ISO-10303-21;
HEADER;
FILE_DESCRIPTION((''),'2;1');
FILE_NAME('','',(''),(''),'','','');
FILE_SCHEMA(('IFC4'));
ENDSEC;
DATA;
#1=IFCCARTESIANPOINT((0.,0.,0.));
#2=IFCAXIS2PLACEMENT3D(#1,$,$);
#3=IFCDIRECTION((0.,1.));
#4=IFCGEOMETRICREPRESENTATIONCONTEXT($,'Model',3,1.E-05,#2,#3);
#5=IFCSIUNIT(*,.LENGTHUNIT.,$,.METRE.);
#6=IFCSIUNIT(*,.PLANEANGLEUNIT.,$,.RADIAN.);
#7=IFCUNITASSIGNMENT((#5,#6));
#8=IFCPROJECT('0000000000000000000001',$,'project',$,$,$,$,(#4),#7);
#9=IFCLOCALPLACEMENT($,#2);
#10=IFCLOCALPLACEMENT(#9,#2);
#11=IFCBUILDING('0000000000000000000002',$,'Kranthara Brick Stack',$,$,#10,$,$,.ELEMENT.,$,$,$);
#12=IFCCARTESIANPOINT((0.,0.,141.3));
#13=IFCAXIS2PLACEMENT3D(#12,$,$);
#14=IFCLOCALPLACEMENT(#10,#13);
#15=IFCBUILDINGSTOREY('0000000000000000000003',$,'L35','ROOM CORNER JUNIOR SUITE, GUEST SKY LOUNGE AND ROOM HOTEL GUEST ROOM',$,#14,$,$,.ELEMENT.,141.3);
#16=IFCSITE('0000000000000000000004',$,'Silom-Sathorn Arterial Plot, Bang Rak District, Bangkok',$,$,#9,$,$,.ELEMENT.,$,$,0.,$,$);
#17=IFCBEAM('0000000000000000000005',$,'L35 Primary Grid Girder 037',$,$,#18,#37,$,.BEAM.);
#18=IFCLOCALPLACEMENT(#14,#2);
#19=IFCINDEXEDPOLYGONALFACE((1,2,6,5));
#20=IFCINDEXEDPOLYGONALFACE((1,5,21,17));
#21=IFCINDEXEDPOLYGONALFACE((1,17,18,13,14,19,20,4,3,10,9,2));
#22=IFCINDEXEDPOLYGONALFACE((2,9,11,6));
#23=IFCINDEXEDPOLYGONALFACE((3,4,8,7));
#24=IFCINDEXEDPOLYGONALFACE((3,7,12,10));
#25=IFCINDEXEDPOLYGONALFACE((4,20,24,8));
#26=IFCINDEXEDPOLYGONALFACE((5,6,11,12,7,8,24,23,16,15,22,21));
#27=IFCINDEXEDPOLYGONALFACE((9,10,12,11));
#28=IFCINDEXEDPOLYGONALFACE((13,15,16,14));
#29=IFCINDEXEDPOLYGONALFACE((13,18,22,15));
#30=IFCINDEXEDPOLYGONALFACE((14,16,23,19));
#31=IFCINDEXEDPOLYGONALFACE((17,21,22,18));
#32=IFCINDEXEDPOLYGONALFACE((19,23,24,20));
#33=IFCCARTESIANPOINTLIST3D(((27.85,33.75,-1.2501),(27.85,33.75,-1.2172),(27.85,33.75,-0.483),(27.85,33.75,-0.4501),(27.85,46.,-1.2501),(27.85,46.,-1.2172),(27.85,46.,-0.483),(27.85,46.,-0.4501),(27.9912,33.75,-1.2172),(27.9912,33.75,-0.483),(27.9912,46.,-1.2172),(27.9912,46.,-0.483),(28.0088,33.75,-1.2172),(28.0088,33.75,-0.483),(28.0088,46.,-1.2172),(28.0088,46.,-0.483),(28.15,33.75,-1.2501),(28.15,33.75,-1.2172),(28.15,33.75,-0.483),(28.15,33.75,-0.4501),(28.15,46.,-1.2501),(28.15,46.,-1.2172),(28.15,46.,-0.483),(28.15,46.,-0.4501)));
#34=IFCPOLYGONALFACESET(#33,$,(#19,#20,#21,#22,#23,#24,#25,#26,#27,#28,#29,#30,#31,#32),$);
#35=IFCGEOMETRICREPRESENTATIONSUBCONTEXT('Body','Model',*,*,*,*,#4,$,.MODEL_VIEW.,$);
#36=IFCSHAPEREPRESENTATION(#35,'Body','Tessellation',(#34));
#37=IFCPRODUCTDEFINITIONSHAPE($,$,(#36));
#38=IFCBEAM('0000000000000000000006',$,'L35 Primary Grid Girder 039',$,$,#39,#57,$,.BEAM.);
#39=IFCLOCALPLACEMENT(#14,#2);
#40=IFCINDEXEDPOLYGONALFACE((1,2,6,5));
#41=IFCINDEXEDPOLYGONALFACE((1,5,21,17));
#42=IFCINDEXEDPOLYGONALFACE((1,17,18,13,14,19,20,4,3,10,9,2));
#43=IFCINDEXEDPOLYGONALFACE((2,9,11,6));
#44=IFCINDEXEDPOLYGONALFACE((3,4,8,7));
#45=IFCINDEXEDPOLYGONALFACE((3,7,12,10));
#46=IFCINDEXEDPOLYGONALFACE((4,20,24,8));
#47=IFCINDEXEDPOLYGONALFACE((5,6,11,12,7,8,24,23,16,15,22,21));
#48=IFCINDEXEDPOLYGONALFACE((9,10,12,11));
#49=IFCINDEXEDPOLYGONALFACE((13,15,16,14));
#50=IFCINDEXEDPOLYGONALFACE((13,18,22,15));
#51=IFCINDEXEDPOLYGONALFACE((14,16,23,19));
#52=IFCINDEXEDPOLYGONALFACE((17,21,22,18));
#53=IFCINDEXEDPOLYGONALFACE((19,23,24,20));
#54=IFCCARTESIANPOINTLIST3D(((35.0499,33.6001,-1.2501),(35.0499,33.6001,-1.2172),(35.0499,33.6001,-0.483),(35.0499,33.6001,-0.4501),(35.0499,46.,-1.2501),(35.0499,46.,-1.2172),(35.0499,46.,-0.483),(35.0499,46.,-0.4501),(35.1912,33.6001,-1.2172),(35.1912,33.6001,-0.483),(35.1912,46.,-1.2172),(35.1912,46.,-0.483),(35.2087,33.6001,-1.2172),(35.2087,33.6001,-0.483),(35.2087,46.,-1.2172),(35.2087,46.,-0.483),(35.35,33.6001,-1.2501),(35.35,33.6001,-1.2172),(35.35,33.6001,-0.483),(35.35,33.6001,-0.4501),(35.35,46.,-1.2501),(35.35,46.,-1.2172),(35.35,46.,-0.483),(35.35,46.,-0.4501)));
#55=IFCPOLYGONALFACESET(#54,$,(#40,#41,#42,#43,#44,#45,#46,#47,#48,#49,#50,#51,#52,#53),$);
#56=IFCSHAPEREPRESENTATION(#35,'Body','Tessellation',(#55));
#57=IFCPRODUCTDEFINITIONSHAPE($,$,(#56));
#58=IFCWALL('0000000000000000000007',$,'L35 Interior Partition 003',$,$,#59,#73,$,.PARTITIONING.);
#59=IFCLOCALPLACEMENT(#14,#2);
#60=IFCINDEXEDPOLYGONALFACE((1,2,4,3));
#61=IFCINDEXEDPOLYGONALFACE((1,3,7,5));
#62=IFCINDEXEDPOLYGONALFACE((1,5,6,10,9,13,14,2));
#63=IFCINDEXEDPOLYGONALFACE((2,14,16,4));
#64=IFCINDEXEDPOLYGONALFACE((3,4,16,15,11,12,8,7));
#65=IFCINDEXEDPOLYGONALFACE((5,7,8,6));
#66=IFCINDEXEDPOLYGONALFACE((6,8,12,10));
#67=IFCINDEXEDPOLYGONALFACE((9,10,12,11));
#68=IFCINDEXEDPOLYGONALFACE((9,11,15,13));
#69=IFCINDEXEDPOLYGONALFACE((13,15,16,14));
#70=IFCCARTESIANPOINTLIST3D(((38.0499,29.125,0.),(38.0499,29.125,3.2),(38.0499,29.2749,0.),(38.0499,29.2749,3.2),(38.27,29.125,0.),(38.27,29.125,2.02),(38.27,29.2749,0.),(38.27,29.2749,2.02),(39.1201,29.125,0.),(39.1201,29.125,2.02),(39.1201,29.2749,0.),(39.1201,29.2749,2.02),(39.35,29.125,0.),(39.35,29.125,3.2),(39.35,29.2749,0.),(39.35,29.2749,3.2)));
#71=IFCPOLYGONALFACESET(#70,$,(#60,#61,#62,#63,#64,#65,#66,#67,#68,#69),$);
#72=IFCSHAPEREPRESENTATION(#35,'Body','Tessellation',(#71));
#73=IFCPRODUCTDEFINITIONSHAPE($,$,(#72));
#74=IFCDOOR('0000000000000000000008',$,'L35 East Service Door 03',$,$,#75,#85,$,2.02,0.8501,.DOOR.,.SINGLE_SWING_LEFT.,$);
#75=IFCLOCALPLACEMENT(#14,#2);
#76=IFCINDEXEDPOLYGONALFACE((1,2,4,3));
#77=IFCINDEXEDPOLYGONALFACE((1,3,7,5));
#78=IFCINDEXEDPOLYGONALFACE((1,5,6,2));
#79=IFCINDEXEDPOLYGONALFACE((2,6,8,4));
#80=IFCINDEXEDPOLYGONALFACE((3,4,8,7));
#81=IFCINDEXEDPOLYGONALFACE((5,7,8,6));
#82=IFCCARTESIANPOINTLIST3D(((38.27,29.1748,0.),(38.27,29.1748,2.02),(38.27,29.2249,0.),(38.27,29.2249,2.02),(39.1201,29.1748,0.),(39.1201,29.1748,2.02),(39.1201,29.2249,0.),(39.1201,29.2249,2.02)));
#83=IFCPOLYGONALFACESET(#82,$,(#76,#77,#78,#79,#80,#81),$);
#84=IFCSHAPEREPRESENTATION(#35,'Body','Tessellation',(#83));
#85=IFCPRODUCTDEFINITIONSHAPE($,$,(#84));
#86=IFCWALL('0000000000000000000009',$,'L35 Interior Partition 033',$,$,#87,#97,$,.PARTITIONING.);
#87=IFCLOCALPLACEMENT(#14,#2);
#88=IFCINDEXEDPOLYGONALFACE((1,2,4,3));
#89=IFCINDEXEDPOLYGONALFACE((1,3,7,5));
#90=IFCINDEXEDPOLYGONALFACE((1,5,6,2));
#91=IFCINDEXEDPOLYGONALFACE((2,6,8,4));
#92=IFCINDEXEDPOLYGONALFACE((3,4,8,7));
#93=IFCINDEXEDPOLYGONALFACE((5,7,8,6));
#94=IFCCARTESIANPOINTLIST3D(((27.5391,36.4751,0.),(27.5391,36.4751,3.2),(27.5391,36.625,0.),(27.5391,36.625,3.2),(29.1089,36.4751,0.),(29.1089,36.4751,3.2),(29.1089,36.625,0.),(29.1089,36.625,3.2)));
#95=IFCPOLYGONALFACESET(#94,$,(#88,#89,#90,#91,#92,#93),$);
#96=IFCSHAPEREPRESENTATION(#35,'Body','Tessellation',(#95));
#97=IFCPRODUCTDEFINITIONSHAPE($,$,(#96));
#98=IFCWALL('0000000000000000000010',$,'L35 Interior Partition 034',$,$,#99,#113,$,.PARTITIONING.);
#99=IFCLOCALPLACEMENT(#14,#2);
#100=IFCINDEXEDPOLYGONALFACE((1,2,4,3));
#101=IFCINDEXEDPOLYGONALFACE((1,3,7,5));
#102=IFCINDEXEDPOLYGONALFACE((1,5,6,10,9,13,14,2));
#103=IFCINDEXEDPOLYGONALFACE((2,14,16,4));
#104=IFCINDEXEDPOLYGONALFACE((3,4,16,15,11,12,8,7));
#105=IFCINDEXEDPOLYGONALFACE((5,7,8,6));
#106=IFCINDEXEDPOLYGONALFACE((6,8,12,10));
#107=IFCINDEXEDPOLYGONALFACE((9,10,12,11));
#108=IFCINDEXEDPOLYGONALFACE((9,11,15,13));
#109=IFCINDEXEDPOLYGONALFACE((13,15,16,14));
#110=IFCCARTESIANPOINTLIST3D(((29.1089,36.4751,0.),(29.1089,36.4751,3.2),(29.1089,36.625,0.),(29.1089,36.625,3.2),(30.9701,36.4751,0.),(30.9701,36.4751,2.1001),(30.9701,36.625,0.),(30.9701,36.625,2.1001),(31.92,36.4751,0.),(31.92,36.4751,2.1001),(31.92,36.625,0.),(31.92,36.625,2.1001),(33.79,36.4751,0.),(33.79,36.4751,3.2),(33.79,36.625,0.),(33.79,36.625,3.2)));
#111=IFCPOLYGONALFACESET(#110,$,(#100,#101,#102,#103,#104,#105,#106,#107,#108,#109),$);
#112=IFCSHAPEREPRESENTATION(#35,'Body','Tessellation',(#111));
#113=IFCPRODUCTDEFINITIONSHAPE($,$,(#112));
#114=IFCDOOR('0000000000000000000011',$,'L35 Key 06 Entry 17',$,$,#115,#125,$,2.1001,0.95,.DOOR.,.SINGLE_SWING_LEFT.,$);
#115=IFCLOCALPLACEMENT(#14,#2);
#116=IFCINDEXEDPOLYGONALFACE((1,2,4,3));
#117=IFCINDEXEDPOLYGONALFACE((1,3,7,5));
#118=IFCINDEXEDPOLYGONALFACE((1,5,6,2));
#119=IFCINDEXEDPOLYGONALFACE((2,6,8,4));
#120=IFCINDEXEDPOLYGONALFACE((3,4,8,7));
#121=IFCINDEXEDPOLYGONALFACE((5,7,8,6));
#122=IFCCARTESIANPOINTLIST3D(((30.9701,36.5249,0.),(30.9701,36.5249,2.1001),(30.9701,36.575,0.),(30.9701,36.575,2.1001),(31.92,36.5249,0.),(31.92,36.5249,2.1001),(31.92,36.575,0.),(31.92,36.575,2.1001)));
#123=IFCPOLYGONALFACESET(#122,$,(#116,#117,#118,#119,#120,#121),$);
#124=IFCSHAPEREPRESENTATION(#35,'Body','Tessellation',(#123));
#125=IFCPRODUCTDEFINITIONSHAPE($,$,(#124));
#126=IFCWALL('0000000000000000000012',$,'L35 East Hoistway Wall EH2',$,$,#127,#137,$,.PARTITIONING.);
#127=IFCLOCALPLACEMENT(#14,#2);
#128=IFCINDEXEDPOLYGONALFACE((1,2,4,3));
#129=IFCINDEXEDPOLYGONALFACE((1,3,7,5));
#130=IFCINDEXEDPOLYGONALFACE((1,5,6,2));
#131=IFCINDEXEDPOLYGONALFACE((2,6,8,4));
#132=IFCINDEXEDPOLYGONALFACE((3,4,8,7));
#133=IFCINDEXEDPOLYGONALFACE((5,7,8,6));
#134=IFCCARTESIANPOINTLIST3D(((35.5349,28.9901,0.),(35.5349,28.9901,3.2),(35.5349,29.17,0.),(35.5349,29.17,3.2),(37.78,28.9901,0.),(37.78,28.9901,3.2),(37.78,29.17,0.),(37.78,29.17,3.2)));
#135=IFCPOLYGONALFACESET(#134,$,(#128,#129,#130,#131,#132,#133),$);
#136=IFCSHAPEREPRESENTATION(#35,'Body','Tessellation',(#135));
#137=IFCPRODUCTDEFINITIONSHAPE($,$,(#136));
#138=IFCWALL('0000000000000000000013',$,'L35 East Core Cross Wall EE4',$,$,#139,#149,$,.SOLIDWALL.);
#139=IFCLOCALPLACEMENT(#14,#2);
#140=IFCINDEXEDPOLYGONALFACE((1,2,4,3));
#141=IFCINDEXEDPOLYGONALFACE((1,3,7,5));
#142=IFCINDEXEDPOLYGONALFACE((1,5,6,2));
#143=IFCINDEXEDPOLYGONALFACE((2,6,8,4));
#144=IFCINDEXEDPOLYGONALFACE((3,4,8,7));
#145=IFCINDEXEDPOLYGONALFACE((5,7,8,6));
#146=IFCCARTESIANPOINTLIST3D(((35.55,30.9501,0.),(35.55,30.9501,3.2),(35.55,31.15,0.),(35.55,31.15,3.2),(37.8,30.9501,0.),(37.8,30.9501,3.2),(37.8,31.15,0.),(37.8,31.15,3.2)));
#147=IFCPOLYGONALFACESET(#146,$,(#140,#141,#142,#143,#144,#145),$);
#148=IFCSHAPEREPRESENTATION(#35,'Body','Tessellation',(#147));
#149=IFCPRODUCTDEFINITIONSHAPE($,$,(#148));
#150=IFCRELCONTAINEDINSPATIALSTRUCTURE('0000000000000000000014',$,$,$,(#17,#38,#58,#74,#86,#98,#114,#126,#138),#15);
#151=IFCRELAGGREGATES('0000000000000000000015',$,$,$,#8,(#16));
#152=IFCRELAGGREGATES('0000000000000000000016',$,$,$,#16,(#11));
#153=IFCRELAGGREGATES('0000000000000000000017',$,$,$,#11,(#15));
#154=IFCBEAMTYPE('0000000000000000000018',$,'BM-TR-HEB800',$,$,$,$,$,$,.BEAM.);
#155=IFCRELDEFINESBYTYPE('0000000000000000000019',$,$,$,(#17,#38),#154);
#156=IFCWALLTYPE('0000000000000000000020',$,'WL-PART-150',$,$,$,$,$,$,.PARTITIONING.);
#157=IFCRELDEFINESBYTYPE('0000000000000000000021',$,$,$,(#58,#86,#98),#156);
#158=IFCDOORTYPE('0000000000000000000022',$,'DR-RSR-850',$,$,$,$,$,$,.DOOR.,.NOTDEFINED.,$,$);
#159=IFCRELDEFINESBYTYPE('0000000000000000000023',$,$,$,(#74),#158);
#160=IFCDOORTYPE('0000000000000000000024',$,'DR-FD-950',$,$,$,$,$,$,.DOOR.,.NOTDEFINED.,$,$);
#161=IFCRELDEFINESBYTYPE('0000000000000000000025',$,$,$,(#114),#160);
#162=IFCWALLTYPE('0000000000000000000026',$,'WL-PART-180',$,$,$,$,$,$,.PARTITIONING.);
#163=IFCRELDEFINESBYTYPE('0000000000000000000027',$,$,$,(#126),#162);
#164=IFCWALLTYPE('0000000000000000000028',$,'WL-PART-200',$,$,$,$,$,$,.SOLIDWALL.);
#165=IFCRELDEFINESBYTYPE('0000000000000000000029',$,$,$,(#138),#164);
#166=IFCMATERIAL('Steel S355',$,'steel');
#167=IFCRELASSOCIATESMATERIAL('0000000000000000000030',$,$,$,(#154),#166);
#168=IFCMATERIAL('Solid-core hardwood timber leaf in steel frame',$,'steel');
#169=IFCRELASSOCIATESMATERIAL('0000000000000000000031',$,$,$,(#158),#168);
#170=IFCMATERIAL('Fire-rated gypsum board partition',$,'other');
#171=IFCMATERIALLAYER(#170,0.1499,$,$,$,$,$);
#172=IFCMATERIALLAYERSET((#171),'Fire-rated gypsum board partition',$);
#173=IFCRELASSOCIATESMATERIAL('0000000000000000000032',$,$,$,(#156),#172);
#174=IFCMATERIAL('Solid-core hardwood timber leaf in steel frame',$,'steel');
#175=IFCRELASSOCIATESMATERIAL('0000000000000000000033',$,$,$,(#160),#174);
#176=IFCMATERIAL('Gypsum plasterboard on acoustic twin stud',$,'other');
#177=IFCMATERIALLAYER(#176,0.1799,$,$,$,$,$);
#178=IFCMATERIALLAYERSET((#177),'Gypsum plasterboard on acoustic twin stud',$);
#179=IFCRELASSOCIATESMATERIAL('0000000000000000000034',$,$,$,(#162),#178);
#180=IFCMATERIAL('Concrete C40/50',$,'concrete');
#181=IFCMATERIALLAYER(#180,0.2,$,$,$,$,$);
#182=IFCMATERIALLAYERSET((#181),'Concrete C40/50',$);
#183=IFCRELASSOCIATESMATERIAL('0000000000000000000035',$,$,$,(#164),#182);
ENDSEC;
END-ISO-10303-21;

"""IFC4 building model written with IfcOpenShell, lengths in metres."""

from ifc_helpers import new_model, si_unit, direction, frame, frame_2d, origin, origin_2d, place, context, subcontext, project, spatial, rectangle, i_section, extrude, material, layer, layer_set, material_profile, profile_set, type_object, element, fill, save


model = new_model("IFC4")

# Units and contexts
model_context = context("Model", 3, precision=1e-05, world=origin(), true_north=direction((0.0, 1.0)))
body_context = subcontext(model_context, "Body", "Model", "MODEL_VIEW")
ifc_project = project(units=[si_unit("LENGTHUNIT", "METRE"), si_unit("PLANEANGLEUNIT", "RADIAN")], contexts=[model_context])

# Site, building, storey
site_placement = place(None, origin())
site = spatial("IfcSite", under=ifc_project, at=site_placement, Name="Silom-Sathorn Arterial Plot, Bang Rak District, Bangkok", CompositionType="ELEMENT", RefElevation=0.0)
building_placement = place(site_placement, origin())
building = spatial("IfcBuilding", under=site, at=building_placement, Name="Kranthara Brick Stack", CompositionType="ELEMENT")
storey_placement = place(building_placement, frame((0.0, 0.0, 141.3)))
storey = spatial("IfcBuildingStorey", under=building, at=storey_placement, Name="L35", Description="ROOM CORNER JUNIOR SUITE, GUEST SKY LOUNGE AND ROOM HOTEL GUEST ROOM", CompositionType="ELEMENT", Elevation=141.3)

# Beams
ifc_material_1 = material(Name="Steel S355", Category="steel")
ifc_material_profile_1 = material_profile(ifc_material_1, i_section(OverallWidth=0.3, OverallDepth=0.8, WebThickness=0.0176, FlangeThickness=0.033, at=origin_2d()), Name="HEB 800")
ifc_profile_set_1 = profile_set([ifc_material_profile_1], Name="Steel S355")
beam_type_1 = type_object("IfcBeamType", Name="BM-TR-HEB800", PredefinedType="BEAM", material=ifc_profile_set_1)
beam_1_placement = place(storey_placement, frame((28.0, 33.75, -0.8501), z_axis=(0.0, 1.0, 0.0), x_axis=(-1.0, 0.0, 0.0)))
element("IfcBeam", 1, at=beam_1_placement, inside=storey, type_object=beam_type_1, Name="L35 Primary Grid Girder 037", PredefinedType="BEAM", context=body_context, shape_type="SweptSolid", body=[
    extrude(i_section(OverallWidth=0.3, OverallDepth=0.8, WebThickness=0.0176, FlangeThickness=0.033, at=origin_2d()), origin(), (0.0, 0.0, 1.0), 12.25),
])
beam_2_placement = place(storey_placement, frame((35.2, 33.6001, -0.8501), z_axis=(0.0, 1.0, 0.0), x_axis=(-1.0, 0.0, 0.0)))
element("IfcBeam", 2, at=beam_2_placement, inside=storey, type_object=beam_type_1, Name="L35 Primary Grid Girder 039", PredefinedType="BEAM", context=body_context, shape_type="SweptSolid", body=[
    extrude(i_section(OverallWidth=0.3, OverallDepth=0.8, WebThickness=0.0176, FlangeThickness=0.033, at=origin_2d()), origin(), (0.0, 0.0, 1.0), 12.3999),
])

# Shared definitions
ifc_material_2 = material(Name="Solid-core hardwood timber leaf in steel frame", Category="steel")
door_type_1 = type_object("IfcDoorType", Name="DR-RSR-850", OperationType="NOTDEFINED", PredefinedType="DOOR", material=ifc_material_2)

# Wall, opening, door
ifc_material_3 = material(Name="Fire-rated gypsum board partition", Category="other")
ifc_layer_1 = layer(ifc_material_3, 0.1499)
ifc_layer_set_1 = layer_set([ifc_layer_1], Name="Fire-rated gypsum board partition")
wall_type_1 = type_object("IfcWallType", Name="WL-PART-150", PredefinedType="PARTITIONING", material=ifc_layer_set_1)
wall_1_placement = place(storey_placement, frame((38.05, 29.2, 0.0), z_axis=(0.0, 0.0, 1.0), x_axis=(1.0, 0.0, 0.0)))
wall_1 = element("IfcWall", 3, at=wall_1_placement, inside=storey, type_object=wall_type_1, Name="L35 Interior Partition 003", PredefinedType="PARTITIONING", context=body_context, shape_type="SweptSolid", body=[
    extrude(rectangle(XDim=1.3, YDim=0.1499, at=frame_2d((0.6499, 0.0))), origin(), (0.0, 0.0, 1.0), 3.2),
])
opening_1_placement = place(wall_1_placement, frame((0.22, 0.0, 0.0)))
opening_1 = element("IfcOpeningElement", 4, at=opening_1_placement, cuts=wall_1, PredefinedType="OPENING", context=body_context, shape_type="SweptSolid", body=[
    extrude(rectangle(XDim=0.8501, YDim=2.02, at=frame_2d((0.425, 1.01))), frame((0.0, 0.085, 0.0), z_axis=(0.0, -1.0, 0.0), x_axis=(1.0, 0.0, 0.0)), (0.0, 0.0, 1.0), 0.1699),
])
door_1_placement = place(opening_1_placement, origin())
door_1 = element("IfcDoor", 5, at=door_1_placement, inside=storey, type_object=door_type_1, Name="L35 East Service Door 03", OperationType="SINGLE_SWING_LEFT", OverallHeight=2.02, OverallWidth=0.8501, PredefinedType="DOOR", context=body_context, shape_type="SweptSolid", body=[
    extrude(rectangle(XDim=0.8501, YDim=2.02, at=frame_2d((0.425, 1.01))), frame((0.0, 0.0249, 0.0), z_axis=(0.0, -1.0, 0.0), x_axis=(1.0, 0.0, 0.0)), (0.0, 0.0, 1.0), 0.05),
])
fill(opening_1, door_1)

# Wall
wall_2_placement = place(storey_placement, frame((27.5391, 36.55, 0.0), z_axis=(0.0, 0.0, 1.0), x_axis=(1.0, 0.0, 0.0)))
element("IfcWall", 6, at=wall_2_placement, inside=storey, type_object=wall_type_1, Name="L35 Interior Partition 033", PredefinedType="PARTITIONING", context=body_context, shape_type="SweptSolid", body=[
    extrude(rectangle(XDim=1.5698, YDim=0.1499, at=frame_2d((0.7849, 0.0))), origin(), (0.0, 0.0, 1.0), 3.2),
])

# Wall, opening, door
wall_3_placement = place(storey_placement, frame((29.1089, 36.55, 0.0), z_axis=(0.0, 0.0, 1.0), x_axis=(1.0, 0.0, 0.0)))
wall_3 = element("IfcWall", 7, at=wall_3_placement, inside=storey, type_object=wall_type_1, Name="L35 Interior Partition 034", PredefinedType="PARTITIONING", context=body_context, shape_type="SweptSolid", body=[
    extrude(rectangle(XDim=4.6812, YDim=0.1499, at=frame_2d((2.3406, 0.0))), origin(), (0.0, 0.0, 1.0), 3.2),
])
opening_2_placement = place(wall_3_placement, frame((1.8611, 0.0, 0.0)))
opening_2 = element("IfcOpeningElement", 8, at=opening_2_placement, cuts=wall_3, PredefinedType="OPENING", context=body_context, shape_type="SweptSolid", body=[
    extrude(rectangle(XDim=0.95, YDim=2.1001, at=frame_2d((0.4751, 1.05))), frame((0.0, 0.085, 0.0), z_axis=(0.0, -1.0, 0.0), x_axis=(1.0, 0.0, 0.0)), (0.0, 0.0, 1.0), 0.1699),
])
ifc_material_4 = material(Name="Solid-core hardwood timber leaf in steel frame", Category="steel")
door_type_2 = type_object("IfcDoorType", Name="DR-FD-950", OperationType="NOTDEFINED", PredefinedType="DOOR", material=ifc_material_4)
door_2_placement = place(opening_2_placement, origin())
door_2 = element("IfcDoor", 9, at=door_2_placement, inside=storey, type_object=door_type_2, Name="L35 Key 06 Entry 17", OperationType="SINGLE_SWING_LEFT", OverallHeight=2.1001, OverallWidth=0.95, PredefinedType="DOOR", context=body_context, shape_type="SweptSolid", body=[
    extrude(rectangle(XDim=0.95, YDim=2.1001, at=frame_2d((0.4751, 1.05))), frame((0.0, 0.0249, 0.0), z_axis=(0.0, -1.0, 0.0), x_axis=(1.0, 0.0, 0.0)), (0.0, 0.0, 1.0), 0.05),
])
fill(opening_2, door_2)

# Walls
ifc_material_5 = material(Name="Gypsum plasterboard on acoustic twin stud", Category="other")
ifc_layer_2 = layer(ifc_material_5, 0.1799)
ifc_layer_set_2 = layer_set([ifc_layer_2], Name="Gypsum plasterboard on acoustic twin stud")
wall_type_2 = type_object("IfcWallType", Name="WL-PART-180", PredefinedType="PARTITIONING", material=ifc_layer_set_2)
wall_4_placement = place(storey_placement, frame((35.5349, 29.0801, 0.0), z_axis=(0.0, 0.0, 1.0), x_axis=(1.0, 0.0, 0.0)))
element("IfcWall", 10, at=wall_4_placement, inside=storey, type_object=wall_type_2, Name="L35 East Hoistway Wall EH2", PredefinedType="PARTITIONING", context=body_context, shape_type="SweptSolid", body=[
    extrude(rectangle(XDim=2.2451, YDim=0.1799, at=frame_2d((1.1226, 0.0))), origin(), (0.0, 0.0, 1.0), 3.2),
])
ifc_material_6 = material(Name="Concrete C40/50", Category="concrete")
ifc_layer_3 = layer(ifc_material_6, 0.2)
ifc_layer_set_3 = layer_set([ifc_layer_3], Name="Concrete C40/50")
wall_type_3 = type_object("IfcWallType", Name="WL-PART-200", PredefinedType="SOLIDWALL", material=ifc_layer_set_3)
wall_5_placement = place(storey_placement, frame((35.55, 31.05, 0.0), z_axis=(0.0, 0.0, 1.0), x_axis=(1.0, 0.0, 0.0)))
element("IfcWall", 11, at=wall_5_placement, inside=storey, type_object=wall_type_3, Name="L35 East Core Cross Wall EE4", PredefinedType="SOLIDWALL", context=body_context, shape_type="SweptSolid", body=[
    extrude(rectangle(XDim=2.25, YDim=0.2, at=frame_2d((1.125, 0.0))), origin(), (0.0, 0.0, 1.0), 3.2),
])

save(model, "model.ifc")
